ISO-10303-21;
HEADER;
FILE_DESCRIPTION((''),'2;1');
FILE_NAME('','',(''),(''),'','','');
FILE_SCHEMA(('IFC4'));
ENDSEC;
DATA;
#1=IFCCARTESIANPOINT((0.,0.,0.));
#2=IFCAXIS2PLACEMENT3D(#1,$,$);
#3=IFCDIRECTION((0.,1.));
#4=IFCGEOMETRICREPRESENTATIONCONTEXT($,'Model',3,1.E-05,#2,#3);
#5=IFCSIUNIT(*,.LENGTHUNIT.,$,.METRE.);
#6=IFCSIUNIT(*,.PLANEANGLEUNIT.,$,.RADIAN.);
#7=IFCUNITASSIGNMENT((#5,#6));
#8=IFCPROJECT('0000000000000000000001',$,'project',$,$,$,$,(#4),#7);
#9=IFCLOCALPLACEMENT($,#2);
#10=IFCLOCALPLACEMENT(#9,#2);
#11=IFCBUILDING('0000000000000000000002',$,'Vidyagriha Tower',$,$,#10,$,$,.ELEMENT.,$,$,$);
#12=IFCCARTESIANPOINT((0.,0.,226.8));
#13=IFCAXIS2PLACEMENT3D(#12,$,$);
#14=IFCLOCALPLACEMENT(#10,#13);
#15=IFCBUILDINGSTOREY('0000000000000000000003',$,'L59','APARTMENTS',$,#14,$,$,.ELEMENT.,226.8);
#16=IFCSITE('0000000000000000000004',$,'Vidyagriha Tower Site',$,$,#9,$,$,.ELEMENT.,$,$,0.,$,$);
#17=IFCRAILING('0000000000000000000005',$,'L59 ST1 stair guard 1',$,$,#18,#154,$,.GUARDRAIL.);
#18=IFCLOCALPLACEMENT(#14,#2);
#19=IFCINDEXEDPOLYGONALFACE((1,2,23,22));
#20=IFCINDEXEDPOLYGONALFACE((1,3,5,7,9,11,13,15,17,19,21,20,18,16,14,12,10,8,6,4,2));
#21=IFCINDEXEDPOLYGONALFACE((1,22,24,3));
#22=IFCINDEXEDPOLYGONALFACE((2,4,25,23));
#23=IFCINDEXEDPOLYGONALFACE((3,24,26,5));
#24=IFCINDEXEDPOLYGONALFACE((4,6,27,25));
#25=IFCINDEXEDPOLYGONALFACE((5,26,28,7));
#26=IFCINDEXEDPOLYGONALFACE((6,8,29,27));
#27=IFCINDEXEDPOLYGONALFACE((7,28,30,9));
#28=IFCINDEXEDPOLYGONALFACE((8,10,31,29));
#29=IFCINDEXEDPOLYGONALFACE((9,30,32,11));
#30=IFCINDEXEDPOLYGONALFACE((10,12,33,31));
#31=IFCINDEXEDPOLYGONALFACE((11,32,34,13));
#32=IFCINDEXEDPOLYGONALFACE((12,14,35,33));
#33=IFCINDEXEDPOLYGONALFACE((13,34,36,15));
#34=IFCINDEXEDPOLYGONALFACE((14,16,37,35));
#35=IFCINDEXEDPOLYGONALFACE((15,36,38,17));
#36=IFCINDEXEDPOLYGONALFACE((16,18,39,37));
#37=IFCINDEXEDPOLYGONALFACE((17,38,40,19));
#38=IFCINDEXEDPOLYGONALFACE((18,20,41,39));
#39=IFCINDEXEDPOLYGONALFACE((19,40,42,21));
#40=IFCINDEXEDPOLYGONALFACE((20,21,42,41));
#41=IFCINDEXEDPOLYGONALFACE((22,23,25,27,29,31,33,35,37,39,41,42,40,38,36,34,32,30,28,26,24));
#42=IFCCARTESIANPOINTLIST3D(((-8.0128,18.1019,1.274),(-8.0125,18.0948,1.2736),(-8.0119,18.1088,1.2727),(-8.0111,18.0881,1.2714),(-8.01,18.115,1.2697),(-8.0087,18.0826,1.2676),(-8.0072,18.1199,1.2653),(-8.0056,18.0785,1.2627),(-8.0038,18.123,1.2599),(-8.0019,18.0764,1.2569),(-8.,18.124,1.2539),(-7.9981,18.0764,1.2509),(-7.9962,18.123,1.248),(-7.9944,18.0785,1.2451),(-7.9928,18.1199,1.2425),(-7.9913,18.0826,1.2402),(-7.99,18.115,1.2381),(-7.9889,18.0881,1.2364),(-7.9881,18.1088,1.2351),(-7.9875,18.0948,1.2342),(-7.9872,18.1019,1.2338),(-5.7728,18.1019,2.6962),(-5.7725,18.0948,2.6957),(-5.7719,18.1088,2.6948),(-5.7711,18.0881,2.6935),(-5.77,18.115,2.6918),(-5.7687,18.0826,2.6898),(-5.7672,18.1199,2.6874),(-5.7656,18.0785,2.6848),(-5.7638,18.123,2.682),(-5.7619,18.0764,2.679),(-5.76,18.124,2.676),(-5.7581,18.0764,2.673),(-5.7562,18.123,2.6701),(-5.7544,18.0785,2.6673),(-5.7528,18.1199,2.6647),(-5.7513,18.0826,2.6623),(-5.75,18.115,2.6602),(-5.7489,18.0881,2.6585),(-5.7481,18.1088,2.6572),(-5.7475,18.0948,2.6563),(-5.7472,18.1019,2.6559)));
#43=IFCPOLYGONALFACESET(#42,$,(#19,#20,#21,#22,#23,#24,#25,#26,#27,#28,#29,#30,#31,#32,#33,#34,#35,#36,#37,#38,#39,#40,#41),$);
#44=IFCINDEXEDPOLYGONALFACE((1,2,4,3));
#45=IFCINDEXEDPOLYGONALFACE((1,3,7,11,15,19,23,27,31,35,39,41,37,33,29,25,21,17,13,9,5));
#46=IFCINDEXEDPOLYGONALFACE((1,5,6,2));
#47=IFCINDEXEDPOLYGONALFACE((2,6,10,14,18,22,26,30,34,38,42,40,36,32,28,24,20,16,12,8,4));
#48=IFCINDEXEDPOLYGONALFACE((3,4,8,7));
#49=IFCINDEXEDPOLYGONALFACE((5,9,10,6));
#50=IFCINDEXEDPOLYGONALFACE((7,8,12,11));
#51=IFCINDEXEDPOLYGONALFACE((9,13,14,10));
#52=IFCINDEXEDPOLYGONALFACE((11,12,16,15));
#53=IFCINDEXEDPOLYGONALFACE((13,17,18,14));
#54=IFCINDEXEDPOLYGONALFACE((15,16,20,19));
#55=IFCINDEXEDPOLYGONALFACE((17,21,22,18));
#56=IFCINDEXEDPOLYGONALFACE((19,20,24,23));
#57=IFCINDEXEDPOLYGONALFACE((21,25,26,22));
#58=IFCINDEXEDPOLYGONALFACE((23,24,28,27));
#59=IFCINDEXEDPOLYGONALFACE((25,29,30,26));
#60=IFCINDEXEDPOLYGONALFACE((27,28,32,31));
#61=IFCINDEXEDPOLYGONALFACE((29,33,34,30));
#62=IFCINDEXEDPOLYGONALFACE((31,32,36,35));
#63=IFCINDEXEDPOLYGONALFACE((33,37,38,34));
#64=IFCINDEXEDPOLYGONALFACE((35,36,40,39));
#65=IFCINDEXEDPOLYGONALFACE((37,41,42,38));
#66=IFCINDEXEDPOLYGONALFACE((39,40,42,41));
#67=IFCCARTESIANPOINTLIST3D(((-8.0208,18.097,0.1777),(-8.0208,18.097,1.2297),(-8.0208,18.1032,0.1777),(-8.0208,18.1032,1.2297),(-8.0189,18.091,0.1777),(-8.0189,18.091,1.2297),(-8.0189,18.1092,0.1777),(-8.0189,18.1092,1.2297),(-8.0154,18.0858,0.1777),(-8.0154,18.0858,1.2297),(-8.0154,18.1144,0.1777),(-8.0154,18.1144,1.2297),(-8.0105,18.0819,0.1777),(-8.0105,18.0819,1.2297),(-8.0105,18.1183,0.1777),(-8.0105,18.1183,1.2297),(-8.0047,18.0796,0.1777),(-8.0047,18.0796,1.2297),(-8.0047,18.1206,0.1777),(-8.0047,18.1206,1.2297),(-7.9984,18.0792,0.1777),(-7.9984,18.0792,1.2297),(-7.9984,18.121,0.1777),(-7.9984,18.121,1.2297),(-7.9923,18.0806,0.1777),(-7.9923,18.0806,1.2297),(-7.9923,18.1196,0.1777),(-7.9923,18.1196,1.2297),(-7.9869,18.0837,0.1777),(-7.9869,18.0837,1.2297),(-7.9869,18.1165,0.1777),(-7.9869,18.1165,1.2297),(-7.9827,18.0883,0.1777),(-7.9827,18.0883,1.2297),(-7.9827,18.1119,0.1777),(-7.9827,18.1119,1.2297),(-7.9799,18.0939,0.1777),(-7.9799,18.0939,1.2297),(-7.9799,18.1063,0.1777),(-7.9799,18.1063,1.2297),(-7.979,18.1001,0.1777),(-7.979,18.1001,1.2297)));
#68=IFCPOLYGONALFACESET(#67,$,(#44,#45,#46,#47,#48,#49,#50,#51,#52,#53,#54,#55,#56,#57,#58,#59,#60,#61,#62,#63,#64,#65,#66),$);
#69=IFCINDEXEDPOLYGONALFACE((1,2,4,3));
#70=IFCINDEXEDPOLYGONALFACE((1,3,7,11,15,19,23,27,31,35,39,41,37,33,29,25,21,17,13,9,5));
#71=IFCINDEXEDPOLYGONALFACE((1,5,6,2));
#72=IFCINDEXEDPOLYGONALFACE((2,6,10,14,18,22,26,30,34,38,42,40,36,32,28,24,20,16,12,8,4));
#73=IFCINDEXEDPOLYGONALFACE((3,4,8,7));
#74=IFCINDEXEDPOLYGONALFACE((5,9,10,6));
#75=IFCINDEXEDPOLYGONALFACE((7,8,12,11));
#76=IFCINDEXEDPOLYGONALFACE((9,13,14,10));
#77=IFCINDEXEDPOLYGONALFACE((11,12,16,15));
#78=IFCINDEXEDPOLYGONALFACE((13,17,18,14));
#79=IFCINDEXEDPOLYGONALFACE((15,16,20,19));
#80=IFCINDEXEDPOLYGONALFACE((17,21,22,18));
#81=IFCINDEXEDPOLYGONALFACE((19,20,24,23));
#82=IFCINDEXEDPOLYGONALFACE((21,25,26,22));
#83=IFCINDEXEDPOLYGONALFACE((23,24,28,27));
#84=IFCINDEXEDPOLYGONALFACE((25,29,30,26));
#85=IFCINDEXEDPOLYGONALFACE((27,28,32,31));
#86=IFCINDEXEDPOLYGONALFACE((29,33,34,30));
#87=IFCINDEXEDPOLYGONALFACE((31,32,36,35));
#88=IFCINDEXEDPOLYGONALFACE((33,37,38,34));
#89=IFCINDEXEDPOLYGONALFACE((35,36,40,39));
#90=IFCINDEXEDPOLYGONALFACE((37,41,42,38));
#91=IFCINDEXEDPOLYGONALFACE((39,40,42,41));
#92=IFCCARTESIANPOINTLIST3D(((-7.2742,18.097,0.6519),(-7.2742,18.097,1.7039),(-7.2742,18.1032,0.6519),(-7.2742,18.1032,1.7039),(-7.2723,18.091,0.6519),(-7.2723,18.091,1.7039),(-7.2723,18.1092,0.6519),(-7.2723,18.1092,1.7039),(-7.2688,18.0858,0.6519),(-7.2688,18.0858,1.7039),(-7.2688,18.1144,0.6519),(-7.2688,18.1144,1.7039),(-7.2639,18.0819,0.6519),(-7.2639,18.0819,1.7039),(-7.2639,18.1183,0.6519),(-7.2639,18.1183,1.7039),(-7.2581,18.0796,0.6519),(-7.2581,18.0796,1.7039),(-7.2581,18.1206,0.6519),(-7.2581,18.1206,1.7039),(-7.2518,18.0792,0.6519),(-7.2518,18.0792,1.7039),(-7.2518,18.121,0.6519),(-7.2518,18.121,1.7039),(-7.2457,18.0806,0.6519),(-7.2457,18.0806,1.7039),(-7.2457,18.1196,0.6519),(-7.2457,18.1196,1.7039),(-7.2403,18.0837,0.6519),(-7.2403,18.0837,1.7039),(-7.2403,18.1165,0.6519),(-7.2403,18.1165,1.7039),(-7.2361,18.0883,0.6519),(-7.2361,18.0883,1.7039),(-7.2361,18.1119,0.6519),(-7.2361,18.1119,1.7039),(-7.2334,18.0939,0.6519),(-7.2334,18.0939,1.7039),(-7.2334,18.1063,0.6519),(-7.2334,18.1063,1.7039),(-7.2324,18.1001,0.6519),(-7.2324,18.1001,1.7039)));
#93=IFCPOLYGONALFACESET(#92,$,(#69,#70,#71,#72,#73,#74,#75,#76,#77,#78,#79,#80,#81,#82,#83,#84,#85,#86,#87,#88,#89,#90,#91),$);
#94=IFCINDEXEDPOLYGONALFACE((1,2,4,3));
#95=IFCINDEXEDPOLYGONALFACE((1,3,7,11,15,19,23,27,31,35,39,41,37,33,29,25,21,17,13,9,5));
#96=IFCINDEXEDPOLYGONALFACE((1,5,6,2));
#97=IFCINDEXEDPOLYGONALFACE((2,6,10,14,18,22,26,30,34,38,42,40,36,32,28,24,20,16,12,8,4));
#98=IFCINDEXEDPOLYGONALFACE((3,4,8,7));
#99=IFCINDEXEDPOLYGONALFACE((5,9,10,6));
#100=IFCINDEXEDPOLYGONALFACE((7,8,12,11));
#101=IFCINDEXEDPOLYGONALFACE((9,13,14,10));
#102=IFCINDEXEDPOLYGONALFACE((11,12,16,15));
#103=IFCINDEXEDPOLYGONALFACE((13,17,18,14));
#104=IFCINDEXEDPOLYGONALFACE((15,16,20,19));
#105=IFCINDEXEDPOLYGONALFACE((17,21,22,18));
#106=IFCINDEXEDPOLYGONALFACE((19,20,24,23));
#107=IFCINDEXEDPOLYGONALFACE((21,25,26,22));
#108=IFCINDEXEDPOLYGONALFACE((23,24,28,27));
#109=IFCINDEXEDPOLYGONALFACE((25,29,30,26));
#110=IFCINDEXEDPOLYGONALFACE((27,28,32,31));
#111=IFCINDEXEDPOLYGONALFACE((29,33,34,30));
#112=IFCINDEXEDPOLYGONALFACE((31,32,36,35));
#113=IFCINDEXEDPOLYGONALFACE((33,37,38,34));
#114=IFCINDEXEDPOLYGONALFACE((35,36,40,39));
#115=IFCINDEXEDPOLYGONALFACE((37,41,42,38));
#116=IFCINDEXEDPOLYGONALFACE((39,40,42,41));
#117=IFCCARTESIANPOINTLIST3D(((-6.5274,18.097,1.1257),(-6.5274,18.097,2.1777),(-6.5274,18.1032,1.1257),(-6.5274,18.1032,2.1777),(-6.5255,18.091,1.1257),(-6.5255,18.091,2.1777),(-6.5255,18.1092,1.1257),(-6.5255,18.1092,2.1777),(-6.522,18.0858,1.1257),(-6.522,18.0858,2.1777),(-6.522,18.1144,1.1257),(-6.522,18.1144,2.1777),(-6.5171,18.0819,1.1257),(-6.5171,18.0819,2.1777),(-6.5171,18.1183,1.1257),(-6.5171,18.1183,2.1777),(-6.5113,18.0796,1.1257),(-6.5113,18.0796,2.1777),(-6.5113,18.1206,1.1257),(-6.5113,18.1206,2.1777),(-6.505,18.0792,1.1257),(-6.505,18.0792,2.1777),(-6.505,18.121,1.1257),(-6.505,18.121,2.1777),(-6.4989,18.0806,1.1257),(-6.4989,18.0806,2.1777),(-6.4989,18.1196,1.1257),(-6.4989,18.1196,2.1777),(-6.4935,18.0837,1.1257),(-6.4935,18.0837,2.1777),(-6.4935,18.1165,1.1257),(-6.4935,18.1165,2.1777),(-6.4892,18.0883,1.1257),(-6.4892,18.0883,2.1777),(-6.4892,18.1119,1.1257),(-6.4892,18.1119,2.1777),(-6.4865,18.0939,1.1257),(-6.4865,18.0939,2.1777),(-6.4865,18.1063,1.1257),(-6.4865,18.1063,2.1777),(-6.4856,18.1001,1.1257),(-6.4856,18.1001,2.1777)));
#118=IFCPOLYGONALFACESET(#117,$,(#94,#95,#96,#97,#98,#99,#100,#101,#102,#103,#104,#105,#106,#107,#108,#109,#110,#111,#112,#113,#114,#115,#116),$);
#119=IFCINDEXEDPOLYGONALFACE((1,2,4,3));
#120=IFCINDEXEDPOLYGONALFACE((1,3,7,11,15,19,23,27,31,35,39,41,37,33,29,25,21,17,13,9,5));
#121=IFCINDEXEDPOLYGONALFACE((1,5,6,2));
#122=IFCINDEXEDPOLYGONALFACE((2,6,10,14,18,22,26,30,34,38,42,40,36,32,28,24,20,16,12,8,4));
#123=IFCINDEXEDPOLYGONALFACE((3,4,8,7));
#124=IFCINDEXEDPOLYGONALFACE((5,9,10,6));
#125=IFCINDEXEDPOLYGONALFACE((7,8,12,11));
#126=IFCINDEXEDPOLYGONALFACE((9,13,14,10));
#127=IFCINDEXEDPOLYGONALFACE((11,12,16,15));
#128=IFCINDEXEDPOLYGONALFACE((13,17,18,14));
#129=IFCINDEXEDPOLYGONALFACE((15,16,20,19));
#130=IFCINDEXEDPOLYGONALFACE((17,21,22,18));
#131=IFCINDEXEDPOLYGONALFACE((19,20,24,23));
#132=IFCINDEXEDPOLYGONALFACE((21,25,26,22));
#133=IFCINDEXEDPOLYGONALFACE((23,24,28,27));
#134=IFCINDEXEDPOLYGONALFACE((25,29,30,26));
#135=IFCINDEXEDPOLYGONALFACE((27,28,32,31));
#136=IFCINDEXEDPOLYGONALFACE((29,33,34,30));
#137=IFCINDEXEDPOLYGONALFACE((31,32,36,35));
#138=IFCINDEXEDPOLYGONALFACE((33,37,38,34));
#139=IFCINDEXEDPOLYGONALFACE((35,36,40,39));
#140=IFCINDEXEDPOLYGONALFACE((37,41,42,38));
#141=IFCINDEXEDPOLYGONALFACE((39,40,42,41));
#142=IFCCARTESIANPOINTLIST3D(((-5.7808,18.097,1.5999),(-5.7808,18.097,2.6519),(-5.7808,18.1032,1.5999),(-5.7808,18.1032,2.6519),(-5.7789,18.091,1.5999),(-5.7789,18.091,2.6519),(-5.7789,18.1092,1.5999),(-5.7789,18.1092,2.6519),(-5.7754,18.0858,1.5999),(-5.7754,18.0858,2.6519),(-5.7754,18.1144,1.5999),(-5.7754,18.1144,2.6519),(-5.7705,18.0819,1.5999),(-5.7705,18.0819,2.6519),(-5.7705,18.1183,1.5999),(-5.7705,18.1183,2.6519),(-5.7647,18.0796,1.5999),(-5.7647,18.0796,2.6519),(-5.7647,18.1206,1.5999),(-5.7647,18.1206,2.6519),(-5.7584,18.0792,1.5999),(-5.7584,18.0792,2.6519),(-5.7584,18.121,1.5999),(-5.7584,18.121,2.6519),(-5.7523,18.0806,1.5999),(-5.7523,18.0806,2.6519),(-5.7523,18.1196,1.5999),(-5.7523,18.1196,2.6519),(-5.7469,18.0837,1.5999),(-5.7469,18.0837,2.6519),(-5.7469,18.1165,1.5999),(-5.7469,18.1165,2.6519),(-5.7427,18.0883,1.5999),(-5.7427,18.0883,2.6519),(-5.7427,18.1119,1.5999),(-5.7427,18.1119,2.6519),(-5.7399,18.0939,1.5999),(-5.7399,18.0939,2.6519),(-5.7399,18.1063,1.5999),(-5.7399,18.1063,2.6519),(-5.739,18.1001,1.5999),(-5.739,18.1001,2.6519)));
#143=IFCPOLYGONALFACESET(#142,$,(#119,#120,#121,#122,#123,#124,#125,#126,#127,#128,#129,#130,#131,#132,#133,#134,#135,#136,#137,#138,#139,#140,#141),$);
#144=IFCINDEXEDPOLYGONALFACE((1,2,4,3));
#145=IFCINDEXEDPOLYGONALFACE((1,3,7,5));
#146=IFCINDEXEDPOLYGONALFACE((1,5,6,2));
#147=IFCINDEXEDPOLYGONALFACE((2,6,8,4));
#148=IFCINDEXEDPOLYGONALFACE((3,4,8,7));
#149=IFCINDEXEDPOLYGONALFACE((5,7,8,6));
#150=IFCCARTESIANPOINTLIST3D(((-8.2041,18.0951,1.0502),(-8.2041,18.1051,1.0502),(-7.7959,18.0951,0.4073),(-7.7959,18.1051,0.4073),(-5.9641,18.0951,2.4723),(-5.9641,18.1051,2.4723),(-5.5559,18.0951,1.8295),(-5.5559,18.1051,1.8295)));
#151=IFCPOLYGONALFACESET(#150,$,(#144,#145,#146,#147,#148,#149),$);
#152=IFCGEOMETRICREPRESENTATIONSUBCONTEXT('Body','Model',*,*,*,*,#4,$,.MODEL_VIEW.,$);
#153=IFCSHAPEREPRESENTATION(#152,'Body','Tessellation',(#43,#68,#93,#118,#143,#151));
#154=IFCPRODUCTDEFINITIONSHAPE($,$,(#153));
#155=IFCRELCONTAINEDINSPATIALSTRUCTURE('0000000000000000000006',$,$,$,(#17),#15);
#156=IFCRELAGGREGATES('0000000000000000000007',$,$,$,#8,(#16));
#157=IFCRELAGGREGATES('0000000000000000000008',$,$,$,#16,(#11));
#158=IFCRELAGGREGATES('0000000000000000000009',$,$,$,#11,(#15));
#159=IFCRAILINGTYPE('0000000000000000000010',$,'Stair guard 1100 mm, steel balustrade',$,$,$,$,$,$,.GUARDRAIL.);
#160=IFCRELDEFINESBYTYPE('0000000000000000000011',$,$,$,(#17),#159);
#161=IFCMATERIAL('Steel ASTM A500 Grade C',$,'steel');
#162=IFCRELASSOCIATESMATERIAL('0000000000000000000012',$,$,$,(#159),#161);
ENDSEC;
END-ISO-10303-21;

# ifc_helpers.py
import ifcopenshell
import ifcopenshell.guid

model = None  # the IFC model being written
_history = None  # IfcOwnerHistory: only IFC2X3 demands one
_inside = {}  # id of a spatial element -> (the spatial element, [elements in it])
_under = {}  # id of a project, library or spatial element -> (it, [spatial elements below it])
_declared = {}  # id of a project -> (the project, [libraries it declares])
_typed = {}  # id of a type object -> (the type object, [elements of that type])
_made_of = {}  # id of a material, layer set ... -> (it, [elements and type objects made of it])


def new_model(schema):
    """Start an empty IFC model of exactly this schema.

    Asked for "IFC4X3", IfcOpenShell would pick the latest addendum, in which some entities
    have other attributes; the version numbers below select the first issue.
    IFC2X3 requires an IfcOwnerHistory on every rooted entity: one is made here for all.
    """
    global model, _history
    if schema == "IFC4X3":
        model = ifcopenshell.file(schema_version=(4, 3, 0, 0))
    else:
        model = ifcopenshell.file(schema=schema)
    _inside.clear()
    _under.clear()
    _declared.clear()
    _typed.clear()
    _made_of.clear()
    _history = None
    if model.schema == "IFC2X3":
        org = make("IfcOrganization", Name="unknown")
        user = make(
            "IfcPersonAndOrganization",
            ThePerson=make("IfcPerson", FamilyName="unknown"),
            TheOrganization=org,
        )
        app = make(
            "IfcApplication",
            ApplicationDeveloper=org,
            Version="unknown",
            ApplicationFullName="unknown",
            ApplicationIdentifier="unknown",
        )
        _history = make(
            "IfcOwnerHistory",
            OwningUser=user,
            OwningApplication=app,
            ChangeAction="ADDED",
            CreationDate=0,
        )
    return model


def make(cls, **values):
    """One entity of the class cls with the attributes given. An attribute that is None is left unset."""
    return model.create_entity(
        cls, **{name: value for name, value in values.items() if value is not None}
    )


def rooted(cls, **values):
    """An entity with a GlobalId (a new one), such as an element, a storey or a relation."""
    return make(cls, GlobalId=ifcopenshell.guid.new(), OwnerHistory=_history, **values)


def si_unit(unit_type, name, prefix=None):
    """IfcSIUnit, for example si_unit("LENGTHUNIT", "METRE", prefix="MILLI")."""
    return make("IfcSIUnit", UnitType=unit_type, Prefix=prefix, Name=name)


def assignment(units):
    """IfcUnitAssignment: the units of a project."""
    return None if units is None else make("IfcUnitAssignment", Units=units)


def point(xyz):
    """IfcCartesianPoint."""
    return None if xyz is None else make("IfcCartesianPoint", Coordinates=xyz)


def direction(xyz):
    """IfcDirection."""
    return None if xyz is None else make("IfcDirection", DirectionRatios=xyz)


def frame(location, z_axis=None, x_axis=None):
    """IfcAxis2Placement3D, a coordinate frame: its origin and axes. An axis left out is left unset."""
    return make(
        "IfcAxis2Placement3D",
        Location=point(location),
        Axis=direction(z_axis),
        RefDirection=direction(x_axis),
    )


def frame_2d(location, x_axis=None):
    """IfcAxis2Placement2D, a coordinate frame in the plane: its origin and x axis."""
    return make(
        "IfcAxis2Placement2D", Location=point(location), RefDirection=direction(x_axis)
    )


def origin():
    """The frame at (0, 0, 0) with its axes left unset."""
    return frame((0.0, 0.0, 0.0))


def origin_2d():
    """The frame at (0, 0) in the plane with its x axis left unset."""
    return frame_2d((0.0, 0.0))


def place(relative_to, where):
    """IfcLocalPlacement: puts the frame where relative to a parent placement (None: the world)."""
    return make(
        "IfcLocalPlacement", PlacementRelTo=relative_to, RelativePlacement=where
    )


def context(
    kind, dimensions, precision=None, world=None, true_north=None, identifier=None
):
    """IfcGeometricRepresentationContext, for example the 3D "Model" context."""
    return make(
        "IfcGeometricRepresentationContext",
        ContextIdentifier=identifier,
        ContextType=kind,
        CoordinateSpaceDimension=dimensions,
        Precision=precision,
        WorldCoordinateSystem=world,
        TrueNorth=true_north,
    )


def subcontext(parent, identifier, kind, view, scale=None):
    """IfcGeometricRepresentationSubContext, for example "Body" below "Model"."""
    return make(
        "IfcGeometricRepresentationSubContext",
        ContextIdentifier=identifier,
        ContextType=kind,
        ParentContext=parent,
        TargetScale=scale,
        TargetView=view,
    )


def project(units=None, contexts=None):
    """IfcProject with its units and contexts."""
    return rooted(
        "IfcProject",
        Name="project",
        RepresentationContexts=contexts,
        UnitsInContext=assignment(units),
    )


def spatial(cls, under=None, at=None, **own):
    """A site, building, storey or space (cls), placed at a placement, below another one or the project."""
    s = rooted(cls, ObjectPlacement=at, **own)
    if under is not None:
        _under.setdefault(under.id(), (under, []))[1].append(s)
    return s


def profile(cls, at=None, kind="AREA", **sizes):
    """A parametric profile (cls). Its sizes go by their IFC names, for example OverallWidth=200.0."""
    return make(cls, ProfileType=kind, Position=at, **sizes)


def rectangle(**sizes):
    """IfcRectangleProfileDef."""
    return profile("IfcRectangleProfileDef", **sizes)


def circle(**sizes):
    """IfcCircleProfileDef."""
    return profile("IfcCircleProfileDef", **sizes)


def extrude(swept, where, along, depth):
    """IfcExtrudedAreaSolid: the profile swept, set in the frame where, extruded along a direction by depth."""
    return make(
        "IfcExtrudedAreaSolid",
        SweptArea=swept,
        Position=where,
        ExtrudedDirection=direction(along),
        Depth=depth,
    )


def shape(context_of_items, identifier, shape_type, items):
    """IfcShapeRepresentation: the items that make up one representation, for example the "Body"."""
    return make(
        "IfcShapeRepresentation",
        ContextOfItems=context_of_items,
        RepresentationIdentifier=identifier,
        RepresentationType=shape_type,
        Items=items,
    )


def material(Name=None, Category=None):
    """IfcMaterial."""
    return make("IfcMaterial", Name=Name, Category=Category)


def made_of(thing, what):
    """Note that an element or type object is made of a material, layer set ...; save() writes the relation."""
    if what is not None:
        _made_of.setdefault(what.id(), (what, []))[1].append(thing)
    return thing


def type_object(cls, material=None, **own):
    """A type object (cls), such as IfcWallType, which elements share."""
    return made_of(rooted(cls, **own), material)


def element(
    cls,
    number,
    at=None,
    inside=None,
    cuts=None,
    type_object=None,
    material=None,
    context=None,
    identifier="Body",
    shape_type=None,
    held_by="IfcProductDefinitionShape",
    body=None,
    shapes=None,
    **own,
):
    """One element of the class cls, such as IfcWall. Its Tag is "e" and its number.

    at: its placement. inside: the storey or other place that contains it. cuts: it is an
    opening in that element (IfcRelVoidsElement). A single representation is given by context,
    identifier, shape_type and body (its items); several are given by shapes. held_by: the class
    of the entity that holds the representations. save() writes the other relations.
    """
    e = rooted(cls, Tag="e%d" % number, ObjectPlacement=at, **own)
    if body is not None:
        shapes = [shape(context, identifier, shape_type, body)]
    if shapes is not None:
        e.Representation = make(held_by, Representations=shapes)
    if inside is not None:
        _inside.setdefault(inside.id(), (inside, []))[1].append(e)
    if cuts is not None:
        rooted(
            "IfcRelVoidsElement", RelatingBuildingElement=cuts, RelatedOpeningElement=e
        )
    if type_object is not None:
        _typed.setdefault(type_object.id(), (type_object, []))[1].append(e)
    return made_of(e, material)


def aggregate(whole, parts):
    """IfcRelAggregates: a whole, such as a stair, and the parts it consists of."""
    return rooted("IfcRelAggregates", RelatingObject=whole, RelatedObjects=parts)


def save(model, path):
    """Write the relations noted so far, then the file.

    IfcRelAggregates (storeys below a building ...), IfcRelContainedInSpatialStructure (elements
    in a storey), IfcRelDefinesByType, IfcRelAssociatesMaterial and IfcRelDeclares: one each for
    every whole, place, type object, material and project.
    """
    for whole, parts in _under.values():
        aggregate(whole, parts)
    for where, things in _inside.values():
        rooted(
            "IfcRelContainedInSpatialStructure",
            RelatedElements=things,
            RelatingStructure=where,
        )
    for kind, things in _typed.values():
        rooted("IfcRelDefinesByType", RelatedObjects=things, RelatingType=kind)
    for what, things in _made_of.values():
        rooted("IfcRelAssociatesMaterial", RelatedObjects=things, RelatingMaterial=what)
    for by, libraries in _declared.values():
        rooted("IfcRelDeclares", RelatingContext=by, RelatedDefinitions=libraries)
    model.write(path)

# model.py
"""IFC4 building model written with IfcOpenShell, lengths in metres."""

from ifc_helpers import new_model, si_unit, direction, frame, origin, origin_2d, place, context, subcontext, project, spatial, rectangle, circle, extrude, material, type_object, element, save


model = new_model("IFC4")

# Units and contexts
model_context = context("Model", 3, precision=1e-05, world=origin(), true_north=direction((0.0, 1.0)))
body_context = subcontext(model_context, "Body", "Model", "MODEL_VIEW")
ifc_project = project(units=[si_unit("LENGTHUNIT", "METRE"), si_unit("PLANEANGLEUNIT", "RADIAN")], contexts=[model_context])

# Site, building, storey
site_placement = place(None, origin())
site = spatial("IfcSite", under=ifc_project, at=site_placement, Name="Vidyagriha Tower Site", CompositionType="ELEMENT", RefElevation=0.0)
building_placement = place(site_placement, origin())
building = spatial("IfcBuilding", under=site, at=building_placement, Name="Vidyagriha Tower", CompositionType="ELEMENT")
storey_placement = place(building_placement, frame((0.0, 0.0, 226.8)))
storey = spatial("IfcBuildingStorey", under=building, at=storey_placement, Name="L59", Description="APARTMENTS", CompositionType="ELEMENT", Elevation=226.8)

# Railing
ifc_material_1 = material(Name="Steel ASTM A500 Grade C", Category="steel")
railing_type_1 = type_object("IfcRailingType", Name="Stair guard 1100 mm, steel balustrade", PredefinedType="GUARDRAIL", material=ifc_material_1)
railing_1_placement = place(storey_placement, frame((-8.0, 18.1001, 0.1777)))
element("IfcRailing", 1, at=railing_1_placement, inside=storey, type_object=railing_type_1, Name="L59 ST1 stair guard 1", PredefinedType="GUARDRAIL", context=body_context, shape_type="SweptSolid", body=[
    extrude(circle(Radius=0.0239, at=origin_2d()), frame((0.0, 0.0, 1.0762), z_axis=(0.844229, 0.0, 0.535982), x_axis=(0.0, 1.0, 0.0)), (0.0, 0.0, 1.0), 2.6533),
    extrude(circle(Radius=0.021, at=origin_2d()), origin(), (0.0, 0.0, 1.0), 1.052),
    extrude(circle(Radius=0.021, at=origin_2d()), frame((0.7466, 0.0, 0.4741)), (0.0, 0.0, 1.0), 1.052),
    extrude(circle(Radius=0.021, at=origin_2d()), frame((1.4934, 0.0, 0.948)), (0.0, 0.0, 1.0), 1.052),
    extrude(circle(Radius=0.021, at=origin_2d()), frame((2.24, 0.0, 1.4221)), (0.0, 0.0, 1.0), 1.052),
    extrude(rectangle(XDim=0.01, YDim=0.7615, at=origin_2d()), frame((0.0, 0.0, 0.551), z_axis=(0.844229, 0.0, 0.535982), x_axis=(0.0, 1.0, 0.0)), (0.0, 0.0, 1.0), 2.6533),
])

save(model, "model.ifc")
